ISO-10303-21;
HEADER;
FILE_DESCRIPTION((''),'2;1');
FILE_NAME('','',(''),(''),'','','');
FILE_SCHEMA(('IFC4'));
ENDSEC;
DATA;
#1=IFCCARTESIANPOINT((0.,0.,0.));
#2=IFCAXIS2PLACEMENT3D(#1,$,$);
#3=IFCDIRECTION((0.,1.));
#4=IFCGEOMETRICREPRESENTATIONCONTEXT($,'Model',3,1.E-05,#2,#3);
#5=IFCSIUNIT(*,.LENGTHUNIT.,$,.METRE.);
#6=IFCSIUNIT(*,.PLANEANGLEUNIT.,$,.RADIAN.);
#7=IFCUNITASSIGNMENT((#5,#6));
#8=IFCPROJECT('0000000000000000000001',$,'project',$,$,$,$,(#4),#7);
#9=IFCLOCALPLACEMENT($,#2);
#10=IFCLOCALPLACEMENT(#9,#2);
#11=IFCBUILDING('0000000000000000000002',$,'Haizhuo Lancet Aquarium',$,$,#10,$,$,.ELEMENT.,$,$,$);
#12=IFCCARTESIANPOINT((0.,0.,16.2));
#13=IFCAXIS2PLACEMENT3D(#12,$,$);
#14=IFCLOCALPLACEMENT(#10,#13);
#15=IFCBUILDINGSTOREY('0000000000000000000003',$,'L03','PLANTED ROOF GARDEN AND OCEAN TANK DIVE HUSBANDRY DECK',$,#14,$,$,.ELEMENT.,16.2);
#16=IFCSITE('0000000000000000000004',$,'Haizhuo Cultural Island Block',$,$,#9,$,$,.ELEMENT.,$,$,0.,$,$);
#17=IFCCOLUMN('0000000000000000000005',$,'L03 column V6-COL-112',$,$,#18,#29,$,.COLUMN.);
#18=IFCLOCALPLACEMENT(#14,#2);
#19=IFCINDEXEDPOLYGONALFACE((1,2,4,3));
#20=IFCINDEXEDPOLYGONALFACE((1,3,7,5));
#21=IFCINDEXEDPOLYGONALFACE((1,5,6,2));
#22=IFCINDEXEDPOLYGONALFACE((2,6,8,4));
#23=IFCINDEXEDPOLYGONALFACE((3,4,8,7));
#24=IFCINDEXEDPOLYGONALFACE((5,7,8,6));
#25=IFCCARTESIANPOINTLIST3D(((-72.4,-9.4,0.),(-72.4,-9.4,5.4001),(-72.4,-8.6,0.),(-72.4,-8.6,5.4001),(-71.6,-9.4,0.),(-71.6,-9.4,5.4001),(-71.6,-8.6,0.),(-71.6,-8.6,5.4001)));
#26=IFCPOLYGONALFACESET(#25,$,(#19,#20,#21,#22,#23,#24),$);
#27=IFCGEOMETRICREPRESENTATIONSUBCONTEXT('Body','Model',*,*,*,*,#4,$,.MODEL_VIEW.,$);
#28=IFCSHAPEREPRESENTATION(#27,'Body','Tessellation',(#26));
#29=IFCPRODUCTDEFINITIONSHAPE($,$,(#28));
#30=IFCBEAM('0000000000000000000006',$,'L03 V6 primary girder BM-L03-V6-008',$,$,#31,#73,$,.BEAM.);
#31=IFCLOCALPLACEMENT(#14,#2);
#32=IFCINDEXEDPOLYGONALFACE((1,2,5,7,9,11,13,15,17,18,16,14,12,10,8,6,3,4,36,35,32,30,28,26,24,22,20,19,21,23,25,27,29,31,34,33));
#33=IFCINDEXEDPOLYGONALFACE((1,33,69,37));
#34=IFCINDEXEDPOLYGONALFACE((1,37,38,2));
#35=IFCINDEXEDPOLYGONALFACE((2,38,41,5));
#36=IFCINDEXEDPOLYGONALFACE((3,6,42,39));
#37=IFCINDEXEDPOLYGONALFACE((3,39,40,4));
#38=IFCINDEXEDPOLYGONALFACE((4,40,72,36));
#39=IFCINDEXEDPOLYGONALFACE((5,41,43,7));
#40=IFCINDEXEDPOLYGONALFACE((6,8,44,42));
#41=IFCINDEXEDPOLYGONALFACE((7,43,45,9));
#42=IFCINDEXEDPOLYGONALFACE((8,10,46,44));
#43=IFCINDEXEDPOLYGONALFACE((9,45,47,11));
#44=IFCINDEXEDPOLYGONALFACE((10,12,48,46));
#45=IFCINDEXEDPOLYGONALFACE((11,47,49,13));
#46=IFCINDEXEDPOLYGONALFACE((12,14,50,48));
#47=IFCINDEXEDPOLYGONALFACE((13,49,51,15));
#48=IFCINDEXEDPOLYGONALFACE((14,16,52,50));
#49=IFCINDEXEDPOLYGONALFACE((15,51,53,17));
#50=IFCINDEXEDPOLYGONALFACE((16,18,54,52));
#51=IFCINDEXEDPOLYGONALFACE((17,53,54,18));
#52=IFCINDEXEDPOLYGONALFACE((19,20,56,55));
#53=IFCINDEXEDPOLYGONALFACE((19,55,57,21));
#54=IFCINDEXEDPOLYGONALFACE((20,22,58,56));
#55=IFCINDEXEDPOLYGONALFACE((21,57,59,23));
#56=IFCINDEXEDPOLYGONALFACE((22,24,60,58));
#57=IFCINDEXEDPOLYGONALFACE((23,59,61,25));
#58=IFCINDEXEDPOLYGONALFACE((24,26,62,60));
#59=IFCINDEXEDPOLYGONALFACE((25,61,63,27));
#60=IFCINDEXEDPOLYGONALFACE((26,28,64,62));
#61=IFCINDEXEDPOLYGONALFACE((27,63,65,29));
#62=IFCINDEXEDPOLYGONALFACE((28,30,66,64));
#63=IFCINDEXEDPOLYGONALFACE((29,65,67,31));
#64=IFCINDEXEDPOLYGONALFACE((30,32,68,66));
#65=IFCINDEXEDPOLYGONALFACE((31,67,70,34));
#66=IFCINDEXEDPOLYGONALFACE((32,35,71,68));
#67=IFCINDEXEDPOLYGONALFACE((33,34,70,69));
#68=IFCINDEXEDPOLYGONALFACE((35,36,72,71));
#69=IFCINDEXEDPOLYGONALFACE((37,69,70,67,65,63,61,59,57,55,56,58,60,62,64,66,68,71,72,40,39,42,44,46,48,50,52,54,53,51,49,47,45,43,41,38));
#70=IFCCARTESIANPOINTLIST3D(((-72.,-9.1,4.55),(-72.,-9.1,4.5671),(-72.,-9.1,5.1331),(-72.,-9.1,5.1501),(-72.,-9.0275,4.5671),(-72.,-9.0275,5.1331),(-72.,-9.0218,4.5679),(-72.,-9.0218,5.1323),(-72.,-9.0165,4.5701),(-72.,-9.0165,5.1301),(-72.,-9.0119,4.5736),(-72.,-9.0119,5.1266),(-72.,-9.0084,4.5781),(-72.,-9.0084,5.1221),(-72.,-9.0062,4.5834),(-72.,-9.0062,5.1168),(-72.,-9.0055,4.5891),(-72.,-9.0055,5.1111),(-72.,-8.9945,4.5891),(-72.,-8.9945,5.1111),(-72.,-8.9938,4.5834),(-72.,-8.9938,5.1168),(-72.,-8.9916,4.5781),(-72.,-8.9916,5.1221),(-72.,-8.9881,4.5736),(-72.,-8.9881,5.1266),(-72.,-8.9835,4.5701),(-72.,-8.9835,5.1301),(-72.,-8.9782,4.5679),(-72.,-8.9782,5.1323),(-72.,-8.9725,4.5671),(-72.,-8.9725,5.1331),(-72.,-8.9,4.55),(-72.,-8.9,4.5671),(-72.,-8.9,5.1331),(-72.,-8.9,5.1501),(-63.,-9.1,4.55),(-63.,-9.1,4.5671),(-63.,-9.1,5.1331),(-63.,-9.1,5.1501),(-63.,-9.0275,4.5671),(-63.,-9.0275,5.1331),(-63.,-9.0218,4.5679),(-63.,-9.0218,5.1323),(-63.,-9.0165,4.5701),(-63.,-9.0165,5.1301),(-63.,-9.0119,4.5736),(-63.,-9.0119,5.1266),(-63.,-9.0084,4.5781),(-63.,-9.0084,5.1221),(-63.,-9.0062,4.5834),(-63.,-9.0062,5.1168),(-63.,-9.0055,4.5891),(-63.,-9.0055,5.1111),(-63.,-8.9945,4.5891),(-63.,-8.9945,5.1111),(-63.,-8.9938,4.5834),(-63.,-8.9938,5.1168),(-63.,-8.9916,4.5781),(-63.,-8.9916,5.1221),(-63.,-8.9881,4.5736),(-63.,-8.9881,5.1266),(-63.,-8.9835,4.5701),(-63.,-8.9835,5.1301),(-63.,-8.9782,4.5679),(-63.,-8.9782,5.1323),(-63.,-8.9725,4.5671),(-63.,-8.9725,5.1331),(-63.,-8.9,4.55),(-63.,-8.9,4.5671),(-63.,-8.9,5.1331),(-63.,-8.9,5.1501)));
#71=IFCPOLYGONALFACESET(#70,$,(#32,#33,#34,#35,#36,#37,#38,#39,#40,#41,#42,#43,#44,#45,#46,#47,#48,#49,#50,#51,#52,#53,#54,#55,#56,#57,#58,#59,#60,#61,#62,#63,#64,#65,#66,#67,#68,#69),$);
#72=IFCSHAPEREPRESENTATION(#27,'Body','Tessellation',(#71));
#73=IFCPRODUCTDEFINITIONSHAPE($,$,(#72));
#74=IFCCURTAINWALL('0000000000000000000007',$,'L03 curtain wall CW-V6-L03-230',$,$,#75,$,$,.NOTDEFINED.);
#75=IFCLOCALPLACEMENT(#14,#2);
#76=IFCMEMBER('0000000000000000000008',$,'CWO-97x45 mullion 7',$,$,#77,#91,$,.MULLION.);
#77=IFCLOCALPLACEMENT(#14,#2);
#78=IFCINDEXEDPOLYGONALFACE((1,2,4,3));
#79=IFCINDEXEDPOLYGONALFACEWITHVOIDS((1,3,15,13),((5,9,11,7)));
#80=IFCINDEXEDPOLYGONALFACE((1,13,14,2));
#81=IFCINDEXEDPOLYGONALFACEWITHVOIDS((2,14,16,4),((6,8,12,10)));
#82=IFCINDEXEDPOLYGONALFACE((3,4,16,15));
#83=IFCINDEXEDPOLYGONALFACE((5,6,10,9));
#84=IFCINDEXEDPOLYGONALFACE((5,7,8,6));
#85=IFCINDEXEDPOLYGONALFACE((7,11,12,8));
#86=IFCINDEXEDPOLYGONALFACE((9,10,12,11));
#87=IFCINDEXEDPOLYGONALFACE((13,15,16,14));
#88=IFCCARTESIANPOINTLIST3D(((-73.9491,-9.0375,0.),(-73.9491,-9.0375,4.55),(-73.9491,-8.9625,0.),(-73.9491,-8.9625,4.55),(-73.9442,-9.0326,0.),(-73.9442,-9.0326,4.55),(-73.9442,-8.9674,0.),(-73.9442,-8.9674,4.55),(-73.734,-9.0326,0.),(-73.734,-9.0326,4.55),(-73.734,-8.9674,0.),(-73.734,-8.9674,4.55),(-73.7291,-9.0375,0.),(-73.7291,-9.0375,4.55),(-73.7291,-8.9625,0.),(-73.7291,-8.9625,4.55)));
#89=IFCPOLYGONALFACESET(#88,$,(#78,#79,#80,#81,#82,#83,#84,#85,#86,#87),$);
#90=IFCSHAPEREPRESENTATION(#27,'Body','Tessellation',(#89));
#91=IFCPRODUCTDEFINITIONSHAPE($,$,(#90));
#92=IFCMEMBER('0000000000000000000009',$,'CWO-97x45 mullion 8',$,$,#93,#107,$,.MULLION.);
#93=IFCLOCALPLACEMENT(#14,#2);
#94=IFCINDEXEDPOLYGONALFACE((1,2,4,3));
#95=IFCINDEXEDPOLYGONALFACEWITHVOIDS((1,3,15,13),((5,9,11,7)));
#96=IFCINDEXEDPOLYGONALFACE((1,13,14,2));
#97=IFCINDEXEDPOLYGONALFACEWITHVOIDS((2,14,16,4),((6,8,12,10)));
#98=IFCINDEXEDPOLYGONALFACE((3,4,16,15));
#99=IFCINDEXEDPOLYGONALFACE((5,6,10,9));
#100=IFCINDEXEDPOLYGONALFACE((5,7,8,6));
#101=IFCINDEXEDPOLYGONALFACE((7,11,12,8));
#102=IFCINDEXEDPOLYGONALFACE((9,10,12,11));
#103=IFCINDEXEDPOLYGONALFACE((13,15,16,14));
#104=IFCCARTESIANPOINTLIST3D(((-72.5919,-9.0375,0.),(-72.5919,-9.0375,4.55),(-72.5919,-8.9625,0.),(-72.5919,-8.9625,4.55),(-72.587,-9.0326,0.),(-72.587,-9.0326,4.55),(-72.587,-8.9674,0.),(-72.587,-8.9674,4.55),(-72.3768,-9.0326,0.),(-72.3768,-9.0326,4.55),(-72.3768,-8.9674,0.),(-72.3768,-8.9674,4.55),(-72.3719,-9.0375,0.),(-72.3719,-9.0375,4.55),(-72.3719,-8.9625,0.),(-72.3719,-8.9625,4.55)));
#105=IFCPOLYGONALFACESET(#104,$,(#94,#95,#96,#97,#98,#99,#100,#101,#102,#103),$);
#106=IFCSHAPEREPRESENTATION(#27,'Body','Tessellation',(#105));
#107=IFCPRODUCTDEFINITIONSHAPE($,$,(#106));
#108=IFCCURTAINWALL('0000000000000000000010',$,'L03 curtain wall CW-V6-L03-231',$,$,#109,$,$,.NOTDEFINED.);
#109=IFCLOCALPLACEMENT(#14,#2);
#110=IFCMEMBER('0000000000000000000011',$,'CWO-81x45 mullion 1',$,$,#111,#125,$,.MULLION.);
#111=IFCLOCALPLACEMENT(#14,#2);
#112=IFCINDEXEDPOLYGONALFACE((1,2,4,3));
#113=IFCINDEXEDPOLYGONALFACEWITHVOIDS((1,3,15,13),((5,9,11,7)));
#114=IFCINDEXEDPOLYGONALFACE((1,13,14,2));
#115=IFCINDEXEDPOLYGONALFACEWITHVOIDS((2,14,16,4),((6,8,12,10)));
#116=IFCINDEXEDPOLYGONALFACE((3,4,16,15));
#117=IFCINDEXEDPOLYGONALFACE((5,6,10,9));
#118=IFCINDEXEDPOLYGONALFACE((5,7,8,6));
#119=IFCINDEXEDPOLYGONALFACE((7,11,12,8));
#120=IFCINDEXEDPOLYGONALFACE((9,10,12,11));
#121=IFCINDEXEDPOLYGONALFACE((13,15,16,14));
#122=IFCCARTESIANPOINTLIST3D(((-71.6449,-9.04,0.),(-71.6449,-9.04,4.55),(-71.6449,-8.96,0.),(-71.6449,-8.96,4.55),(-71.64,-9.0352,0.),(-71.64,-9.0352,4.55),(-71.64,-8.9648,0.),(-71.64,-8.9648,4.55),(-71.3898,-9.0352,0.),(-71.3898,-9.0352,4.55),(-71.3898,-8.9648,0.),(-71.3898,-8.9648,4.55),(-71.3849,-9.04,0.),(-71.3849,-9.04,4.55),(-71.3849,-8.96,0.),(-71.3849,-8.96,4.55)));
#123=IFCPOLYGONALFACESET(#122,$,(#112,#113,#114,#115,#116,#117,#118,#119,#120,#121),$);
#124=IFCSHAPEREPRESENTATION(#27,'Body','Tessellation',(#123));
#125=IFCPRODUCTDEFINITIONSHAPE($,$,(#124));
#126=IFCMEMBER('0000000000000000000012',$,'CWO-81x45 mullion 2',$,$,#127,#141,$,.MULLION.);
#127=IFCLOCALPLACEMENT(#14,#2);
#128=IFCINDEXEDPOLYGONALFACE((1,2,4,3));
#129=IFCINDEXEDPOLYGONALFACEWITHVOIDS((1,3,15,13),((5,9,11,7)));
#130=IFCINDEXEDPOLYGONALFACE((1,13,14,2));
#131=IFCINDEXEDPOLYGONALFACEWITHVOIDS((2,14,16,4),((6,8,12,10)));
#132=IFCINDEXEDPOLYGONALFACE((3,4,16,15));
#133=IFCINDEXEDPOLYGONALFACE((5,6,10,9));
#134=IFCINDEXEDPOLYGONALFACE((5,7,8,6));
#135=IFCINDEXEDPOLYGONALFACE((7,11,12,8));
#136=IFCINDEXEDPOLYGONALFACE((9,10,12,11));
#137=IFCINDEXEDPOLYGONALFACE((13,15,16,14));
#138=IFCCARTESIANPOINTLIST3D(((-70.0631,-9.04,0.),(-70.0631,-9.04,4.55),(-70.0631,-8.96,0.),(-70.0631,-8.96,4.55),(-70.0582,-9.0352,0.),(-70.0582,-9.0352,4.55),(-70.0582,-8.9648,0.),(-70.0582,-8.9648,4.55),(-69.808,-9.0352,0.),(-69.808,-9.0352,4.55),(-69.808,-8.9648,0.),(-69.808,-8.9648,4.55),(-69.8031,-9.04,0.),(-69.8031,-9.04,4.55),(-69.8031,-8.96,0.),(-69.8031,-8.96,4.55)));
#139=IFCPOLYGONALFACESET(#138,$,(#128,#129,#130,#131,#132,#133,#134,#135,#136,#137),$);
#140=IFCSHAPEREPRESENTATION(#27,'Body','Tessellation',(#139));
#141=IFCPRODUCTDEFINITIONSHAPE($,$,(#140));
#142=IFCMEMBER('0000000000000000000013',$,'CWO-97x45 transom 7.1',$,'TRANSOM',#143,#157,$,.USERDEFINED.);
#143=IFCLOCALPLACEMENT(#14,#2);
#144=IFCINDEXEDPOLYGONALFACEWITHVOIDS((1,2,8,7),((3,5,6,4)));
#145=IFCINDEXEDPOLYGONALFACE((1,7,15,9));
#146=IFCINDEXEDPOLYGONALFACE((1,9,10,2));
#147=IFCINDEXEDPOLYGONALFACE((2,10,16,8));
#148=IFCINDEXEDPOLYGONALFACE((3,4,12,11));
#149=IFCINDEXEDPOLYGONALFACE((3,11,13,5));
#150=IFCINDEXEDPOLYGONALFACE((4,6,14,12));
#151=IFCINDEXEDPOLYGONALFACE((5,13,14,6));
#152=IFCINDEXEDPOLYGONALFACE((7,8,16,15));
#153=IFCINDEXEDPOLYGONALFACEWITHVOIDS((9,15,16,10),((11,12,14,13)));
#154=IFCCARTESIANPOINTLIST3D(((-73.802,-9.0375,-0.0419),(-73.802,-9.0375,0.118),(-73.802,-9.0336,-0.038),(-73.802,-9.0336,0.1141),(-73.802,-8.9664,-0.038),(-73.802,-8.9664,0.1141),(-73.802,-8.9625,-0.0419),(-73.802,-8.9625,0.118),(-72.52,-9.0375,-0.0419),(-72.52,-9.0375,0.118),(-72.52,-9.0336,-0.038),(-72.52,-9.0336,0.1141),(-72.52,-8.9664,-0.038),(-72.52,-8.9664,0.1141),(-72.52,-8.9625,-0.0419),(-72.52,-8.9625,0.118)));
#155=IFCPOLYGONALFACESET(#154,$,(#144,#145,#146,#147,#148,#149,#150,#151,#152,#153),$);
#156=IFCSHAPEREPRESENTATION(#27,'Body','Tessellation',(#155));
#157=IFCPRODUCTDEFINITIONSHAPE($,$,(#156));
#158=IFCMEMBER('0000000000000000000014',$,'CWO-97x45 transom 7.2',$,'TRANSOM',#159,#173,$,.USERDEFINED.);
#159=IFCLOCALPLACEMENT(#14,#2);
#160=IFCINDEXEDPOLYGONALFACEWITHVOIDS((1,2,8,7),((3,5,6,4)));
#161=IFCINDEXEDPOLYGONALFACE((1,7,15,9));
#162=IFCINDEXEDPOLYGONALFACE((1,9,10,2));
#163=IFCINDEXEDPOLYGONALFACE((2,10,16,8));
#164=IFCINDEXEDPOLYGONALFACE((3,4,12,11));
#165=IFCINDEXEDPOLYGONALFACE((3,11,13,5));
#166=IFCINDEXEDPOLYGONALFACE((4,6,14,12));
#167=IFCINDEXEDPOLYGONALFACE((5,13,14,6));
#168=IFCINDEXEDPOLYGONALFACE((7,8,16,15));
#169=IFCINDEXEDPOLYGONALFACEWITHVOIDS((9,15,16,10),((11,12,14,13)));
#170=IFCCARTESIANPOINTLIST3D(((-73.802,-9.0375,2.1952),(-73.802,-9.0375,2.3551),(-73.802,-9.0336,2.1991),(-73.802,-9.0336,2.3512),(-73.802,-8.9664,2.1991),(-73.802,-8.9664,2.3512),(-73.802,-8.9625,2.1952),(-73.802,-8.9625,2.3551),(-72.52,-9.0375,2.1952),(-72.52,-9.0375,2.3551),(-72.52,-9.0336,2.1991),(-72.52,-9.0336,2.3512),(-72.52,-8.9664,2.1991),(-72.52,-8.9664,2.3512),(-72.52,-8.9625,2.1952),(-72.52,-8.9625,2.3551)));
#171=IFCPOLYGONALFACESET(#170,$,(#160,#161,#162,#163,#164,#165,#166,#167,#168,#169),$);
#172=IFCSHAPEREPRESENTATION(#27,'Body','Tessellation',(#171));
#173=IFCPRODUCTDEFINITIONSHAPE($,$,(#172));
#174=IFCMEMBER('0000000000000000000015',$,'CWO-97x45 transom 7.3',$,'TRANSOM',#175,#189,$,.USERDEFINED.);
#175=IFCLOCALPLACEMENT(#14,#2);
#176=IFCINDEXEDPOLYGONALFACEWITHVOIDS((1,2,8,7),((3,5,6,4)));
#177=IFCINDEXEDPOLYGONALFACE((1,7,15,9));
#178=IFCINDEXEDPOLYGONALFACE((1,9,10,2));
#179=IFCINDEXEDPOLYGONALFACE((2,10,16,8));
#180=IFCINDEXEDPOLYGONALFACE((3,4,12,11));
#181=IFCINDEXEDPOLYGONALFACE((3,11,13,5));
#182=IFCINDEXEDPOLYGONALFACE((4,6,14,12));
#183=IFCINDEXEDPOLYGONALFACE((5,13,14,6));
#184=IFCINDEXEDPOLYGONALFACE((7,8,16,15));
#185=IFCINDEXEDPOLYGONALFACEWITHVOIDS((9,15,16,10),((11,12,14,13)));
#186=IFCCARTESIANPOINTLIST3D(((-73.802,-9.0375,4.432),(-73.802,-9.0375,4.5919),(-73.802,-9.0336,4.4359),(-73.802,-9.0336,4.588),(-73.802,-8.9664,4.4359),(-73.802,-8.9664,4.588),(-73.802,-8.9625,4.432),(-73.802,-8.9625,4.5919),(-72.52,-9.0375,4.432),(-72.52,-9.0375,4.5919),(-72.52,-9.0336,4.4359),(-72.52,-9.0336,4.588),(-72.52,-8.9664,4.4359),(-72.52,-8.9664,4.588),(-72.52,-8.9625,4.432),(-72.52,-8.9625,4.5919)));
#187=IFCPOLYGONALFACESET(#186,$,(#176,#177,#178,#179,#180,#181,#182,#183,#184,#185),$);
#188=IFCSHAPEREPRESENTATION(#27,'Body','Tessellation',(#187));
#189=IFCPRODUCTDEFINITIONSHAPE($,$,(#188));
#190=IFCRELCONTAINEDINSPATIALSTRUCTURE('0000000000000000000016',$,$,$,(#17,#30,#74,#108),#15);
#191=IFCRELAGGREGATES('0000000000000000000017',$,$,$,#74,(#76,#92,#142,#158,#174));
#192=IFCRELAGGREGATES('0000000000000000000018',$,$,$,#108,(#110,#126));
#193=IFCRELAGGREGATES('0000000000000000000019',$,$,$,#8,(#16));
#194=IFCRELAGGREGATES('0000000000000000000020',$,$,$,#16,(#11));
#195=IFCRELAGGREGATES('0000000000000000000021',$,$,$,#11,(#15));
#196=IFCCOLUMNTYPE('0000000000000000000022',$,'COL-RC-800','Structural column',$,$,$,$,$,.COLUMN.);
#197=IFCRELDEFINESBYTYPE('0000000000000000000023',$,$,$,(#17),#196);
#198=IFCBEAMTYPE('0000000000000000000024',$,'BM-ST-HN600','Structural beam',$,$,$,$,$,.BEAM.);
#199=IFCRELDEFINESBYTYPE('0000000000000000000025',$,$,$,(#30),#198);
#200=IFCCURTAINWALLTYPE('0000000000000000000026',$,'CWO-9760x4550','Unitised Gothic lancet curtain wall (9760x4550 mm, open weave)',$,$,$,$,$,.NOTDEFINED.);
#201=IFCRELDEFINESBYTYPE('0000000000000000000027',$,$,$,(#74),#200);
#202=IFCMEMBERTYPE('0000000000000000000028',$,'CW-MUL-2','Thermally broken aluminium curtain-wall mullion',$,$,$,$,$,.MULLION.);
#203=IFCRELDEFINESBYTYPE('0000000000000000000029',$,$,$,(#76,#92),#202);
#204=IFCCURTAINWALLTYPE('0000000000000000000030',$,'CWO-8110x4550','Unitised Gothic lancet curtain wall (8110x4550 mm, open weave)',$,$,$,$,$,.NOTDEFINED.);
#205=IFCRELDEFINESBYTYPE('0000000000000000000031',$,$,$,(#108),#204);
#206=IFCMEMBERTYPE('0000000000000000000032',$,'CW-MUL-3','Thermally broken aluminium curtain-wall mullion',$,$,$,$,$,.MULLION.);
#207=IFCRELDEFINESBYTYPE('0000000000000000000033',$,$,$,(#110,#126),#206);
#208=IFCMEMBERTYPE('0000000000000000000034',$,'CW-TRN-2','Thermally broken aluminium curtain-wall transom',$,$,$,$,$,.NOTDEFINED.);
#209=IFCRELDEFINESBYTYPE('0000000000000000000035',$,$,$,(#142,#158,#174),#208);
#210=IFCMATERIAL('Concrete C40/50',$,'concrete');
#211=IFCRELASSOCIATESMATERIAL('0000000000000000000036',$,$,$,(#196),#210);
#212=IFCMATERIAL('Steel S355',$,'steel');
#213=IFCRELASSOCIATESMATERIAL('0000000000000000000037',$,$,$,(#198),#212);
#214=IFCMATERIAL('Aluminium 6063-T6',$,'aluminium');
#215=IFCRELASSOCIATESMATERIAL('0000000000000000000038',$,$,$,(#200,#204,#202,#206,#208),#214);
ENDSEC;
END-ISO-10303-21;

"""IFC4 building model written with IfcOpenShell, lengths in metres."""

from ifc_helpers import new_model, si_unit, direction, frame, origin, origin_2d, place, context, subcontext, project, spatial, rectangle, hollow_rectangle, i_section, extrude, material, material_profile, profile_set, type_object, element, aggregate, save


model = new_model("IFC4")

# Units and contexts
model_context = context("Model", 3, precision=1e-05, world=origin(), true_north=direction((0.0, 1.0)))
body_context = subcontext(model_context, "Body", "Model", "MODEL_VIEW")
ifc_project = project(units=[si_unit("LENGTHUNIT", "METRE"), si_unit("PLANEANGLEUNIT", "RADIAN")], contexts=[model_context])

# Site, building, storey
site_placement = place(None, origin())
site = spatial("IfcSite", under=ifc_project, at=site_placement, Name="Haizhuo Cultural Island Block", CompositionType="ELEMENT", RefElevation=0.0)
building_placement = place(site_placement, origin())
building = spatial("IfcBuilding", under=site, at=building_placement, Name="Haizhuo Lancet Aquarium", CompositionType="ELEMENT")
storey_placement = place(building_placement, frame((0.0, 0.0, 16.2)))
storey = spatial("IfcBuildingStorey", under=building, at=storey_placement, Name="L03", Description="PLANTED ROOF GARDEN AND OCEAN TANK DIVE HUSBANDRY DECK", CompositionType="ELEMENT", Elevation=16.2)

# Column
ifc_material_1 = material(Name="Concrete C40/50", Category="concrete")
ifc_material_profile_1 = material_profile(ifc_material_1, rectangle(XDim=0.8, YDim=0.8, at=origin_2d()), Name="RC-COL 800x800")
ifc_profile_set_1 = profile_set([ifc_material_profile_1], Name="Concrete C40/50")
column_type = type_object("IfcColumnType", Name="COL-RC-800", Description="Structural column", PredefinedType="COLUMN", material=ifc_profile_set_1)
column_placement = place(storey_placement, frame((-72.0, -9.0, 0.0), z_axis=(0.0, 0.0, 1.0), x_axis=(1.0, 0.0, 0.0)))
element("IfcColumn", 1, at=column_placement, inside=storey, type_object=column_type, Name="L03 column V6-COL-112", PredefinedType="COLUMN", context=body_context, shape_type="SweptSolid", body=[
    extrude(rectangle(XDim=0.8, YDim=0.8, at=origin_2d()), origin(), (0.0, 0.0, 1.0), 5.4001),
])

# Beam
ifc_material_2 = material(Name="Steel S355", Category="steel")
ifc_material_profile_2 = material_profile(ifc_material_2, i_section(OverallWidth=0.2, OverallDepth=0.6001, WebThickness=0.011, FlangeThickness=0.0171, FilletRadius=0.022, at=origin_2d()), Name="HN 600x200x11x17")
ifc_profile_set_2 = profile_set([ifc_material_profile_2], Name="Steel S355")
beam_type = type_object("IfcBeamType", Name="BM-ST-HN600", Description="Structural beam", PredefinedType="BEAM", material=ifc_profile_set_2)
beam_placement = place(storey_placement, frame((-72.0, -9.0, 4.8501), z_axis=(1.0, 0.0, 0.0), x_axis=(0.0, 1.0, 0.0)))
element("IfcBeam", 2, at=beam_placement, inside=storey, type_object=beam_type, Name="L03 V6 primary girder BM-L03-V6-008", PredefinedType="BEAM", context=body_context, shape_type="SweptSolid", body=[
    extrude(i_section(OverallWidth=0.2, OverallDepth=0.6001, WebThickness=0.011, FlangeThickness=0.0171, FilletRadius=0.022, at=origin_2d()), origin(), (0.0, 0.0, 1.0), 9.0),
])

# Curtain walls, members
ifc_material_3 = material(Name="Aluminium 6063-T6", Category="aluminium")
curtain_wall_type_1 = type_object("IfcCurtainWallType", Name="CWO-9760x4550", Description="Unitised Gothic lancet curtain wall (9760x4550 mm, open weave)", PredefinedType="NOTDEFINED", material=ifc_material_3)
curtain_wall_1_placement = place(storey_placement, origin())
curtain_wall_1 = element("IfcCurtainWall", 3, at=curtain_wall_1_placement, inside=storey, type_object=curtain_wall_type_1, Name="L03 curtain wall CW-V6-L03-230", PredefinedType="NOTDEFINED")
ifc_material_profile_3 = material_profile(ifc_material_3, hollow_rectangle(XDim=0.075, YDim=0.22, WallThickness=0.0049, at=origin_2d()), Name="ALU-M 75x220x5")
ifc_profile_set_3 = profile_set([ifc_material_profile_3], Name="Aluminium 6063-T6")
member_type_1 = type_object("IfcMemberType", Name="CW-MUL-2", Description="Thermally broken aluminium curtain-wall mullion", PredefinedType="MULLION", material=ifc_profile_set_3)
member_1_placement = place(storey_placement, frame((-73.8391, -9.0, 0.0), z_axis=(0.0, 0.0, 1.0), x_axis=(0.0, 1.0, 0.0)))
member_1 = element("IfcMember", 4, at=member_1_placement, type_object=member_type_1, Name="CWO-97x45 mullion 7", PredefinedType="MULLION", context=body_context, shape_type="SweptSolid", body=[
    extrude(hollow_rectangle(XDim=0.075, YDim=0.22, WallThickness=0.0049, at=origin_2d()), origin(), (0.0, 0.0, 1.0), 4.55),
])
member_2_placement = place(storey_placement, frame((-72.4819, -9.0, 0.0), z_axis=(0.0, 0.0, 1.0), x_axis=(0.0, 1.0, 0.0)))
member_2 = element("IfcMember", 5, at=member_2_placement, type_object=member_type_1, Name="CWO-97x45 mullion 8", PredefinedType="MULLION", context=body_context, shape_type="SweptSolid", body=[
    extrude(hollow_rectangle(XDim=0.075, YDim=0.22, WallThickness=0.0049, at=origin_2d()), origin(), (0.0, 0.0, 1.0), 4.55),
])
curtain_wall_type_2 = type_object("IfcCurtainWallType", Name="CWO-8110x4550", Description="Unitised Gothic lancet curtain wall (8110x4550 mm, open weave)", PredefinedType="NOTDEFINED", material=ifc_material_3)
curtain_wall_2_placement = place(storey_placement, origin())
curtain_wall_2 = element("IfcCurtainWall", 6, at=curtain_wall_2_placement, inside=storey, type_object=curtain_wall_type_2, Name="L03 curtain wall CW-V6-L03-231", PredefinedType="NOTDEFINED")
ifc_material_profile_4 = material_profile(ifc_material_3, hollow_rectangle(XDim=0.0801, YDim=0.26, WallThickness=0.0049, at=origin_2d()), Name="ALU-M 80x260x5")
ifc_profile_set_4 = profile_set([ifc_material_profile_4], Name="Aluminium 6063-T6")
member_type_2 = type_object("IfcMemberType", Name="CW-MUL-3", Description="Thermally broken aluminium curtain-wall mullion", PredefinedType="MULLION", material=ifc_profile_set_4)
member_3_placement = place(storey_placement, frame((-71.5149, -9.0, 0.0), z_axis=(0.0, 0.0, 1.0), x_axis=(0.0, 1.0, 0.0)))
member_3 = element("IfcMember", 7, at=member_3_placement, type_object=member_type_2, Name="CWO-81x45 mullion 1", PredefinedType="MULLION", context=body_context, shape_type="SweptSolid", body=[
    extrude(hollow_rectangle(XDim=0.0801, YDim=0.26, WallThickness=0.0049, at=origin_2d()), origin(), (0.0, 0.0, 1.0), 4.55),
])
member_4_placement = place(storey_placement, frame((-69.9331, -9.0, 0.0), z_axis=(0.0, 0.0, 1.0), x_axis=(0.0, 1.0, 0.0)))
member_4 = element("IfcMember", 8, at=member_4_placement, type_object=member_type_2, Name="CWO-81x45 mullion 2", PredefinedType="MULLION", context=body_context, shape_type="SweptSolid", body=[
    extrude(hollow_rectangle(XDim=0.0801, YDim=0.26, WallThickness=0.0049, at=origin_2d()), origin(), (0.0, 0.0, 1.0), 4.55),
])

# Members
ifc_material_profile_5 = material_profile(ifc_material_3, hollow_rectangle(XDim=0.075, YDim=0.1599, WallThickness=0.0039, at=origin_2d()), Name="ALU-T 75x160x4")
ifc_profile_set_5 = profile_set([ifc_material_profile_5], Name="Aluminium 6063-T6")
member_type_3 = type_object("IfcMemberType", Name="CW-TRN-2", Description="Thermally broken aluminium curtain-wall transom", PredefinedType="NOTDEFINED", material=ifc_profile_set_5)
member_5_placement = place(storey_placement, frame((-73.802, -9.0, 0.0381), z_axis=(1.0, 0.0, 0.0), x_axis=(0.0, 1.0, 0.0)))
member_5 = element("IfcMember", 9, at=member_5_placement, type_object=member_type_3, Name="CWO-97x45 transom 7.1", ObjectType="TRANSOM", PredefinedType="USERDEFINED", context=body_context, shape_type="SweptSolid", body=[
    extrude(hollow_rectangle(XDim=0.075, YDim=0.1599, WallThickness=0.0039, at=origin_2d()), origin(), (0.0, 0.0, 1.0), 1.282),
])
member_6_placement = place(storey_placement, frame((-73.802, -9.0, 2.2751), z_axis=(1.0, 0.0, 0.0), x_axis=(0.0, 1.0, 0.0)))
member_6 = element("IfcMember", 10, at=member_6_placement, type_object=member_type_3, Name="CWO-97x45 transom 7.2", ObjectType="TRANSOM", PredefinedType="USERDEFINED", context=body_context, shape_type="SweptSolid", body=[
    extrude(hollow_rectangle(XDim=0.075, YDim=0.1599, WallThickness=0.0039, at=origin_2d()), origin(), (0.0, 0.0, 1.0), 1.282),
])
member_7_placement = place(storey_placement, frame((-73.802, -9.0, 4.512), z_axis=(1.0, 0.0, 0.0), x_axis=(0.0, 1.0, 0.0)))
member_7 = element("IfcMember", 11, at=member_7_placement, type_object=member_type_3, Name="CWO-97x45 transom 7.3", ObjectType="TRANSOM", PredefinedType="USERDEFINED", context=body_context, shape_type="SweptSolid", body=[
    extrude(hollow_rectangle(XDim=0.075, YDim=0.1599, WallThickness=0.0039, at=origin_2d()), origin(), (0.0, 0.0, 1.0), 1.282),
])

aggregate(curtain_wall_1, [member_1, member_2, member_5, member_6, member_7])
aggregate(curtain_wall_2, [member_3, member_4])

save(model, "model.ifc")
